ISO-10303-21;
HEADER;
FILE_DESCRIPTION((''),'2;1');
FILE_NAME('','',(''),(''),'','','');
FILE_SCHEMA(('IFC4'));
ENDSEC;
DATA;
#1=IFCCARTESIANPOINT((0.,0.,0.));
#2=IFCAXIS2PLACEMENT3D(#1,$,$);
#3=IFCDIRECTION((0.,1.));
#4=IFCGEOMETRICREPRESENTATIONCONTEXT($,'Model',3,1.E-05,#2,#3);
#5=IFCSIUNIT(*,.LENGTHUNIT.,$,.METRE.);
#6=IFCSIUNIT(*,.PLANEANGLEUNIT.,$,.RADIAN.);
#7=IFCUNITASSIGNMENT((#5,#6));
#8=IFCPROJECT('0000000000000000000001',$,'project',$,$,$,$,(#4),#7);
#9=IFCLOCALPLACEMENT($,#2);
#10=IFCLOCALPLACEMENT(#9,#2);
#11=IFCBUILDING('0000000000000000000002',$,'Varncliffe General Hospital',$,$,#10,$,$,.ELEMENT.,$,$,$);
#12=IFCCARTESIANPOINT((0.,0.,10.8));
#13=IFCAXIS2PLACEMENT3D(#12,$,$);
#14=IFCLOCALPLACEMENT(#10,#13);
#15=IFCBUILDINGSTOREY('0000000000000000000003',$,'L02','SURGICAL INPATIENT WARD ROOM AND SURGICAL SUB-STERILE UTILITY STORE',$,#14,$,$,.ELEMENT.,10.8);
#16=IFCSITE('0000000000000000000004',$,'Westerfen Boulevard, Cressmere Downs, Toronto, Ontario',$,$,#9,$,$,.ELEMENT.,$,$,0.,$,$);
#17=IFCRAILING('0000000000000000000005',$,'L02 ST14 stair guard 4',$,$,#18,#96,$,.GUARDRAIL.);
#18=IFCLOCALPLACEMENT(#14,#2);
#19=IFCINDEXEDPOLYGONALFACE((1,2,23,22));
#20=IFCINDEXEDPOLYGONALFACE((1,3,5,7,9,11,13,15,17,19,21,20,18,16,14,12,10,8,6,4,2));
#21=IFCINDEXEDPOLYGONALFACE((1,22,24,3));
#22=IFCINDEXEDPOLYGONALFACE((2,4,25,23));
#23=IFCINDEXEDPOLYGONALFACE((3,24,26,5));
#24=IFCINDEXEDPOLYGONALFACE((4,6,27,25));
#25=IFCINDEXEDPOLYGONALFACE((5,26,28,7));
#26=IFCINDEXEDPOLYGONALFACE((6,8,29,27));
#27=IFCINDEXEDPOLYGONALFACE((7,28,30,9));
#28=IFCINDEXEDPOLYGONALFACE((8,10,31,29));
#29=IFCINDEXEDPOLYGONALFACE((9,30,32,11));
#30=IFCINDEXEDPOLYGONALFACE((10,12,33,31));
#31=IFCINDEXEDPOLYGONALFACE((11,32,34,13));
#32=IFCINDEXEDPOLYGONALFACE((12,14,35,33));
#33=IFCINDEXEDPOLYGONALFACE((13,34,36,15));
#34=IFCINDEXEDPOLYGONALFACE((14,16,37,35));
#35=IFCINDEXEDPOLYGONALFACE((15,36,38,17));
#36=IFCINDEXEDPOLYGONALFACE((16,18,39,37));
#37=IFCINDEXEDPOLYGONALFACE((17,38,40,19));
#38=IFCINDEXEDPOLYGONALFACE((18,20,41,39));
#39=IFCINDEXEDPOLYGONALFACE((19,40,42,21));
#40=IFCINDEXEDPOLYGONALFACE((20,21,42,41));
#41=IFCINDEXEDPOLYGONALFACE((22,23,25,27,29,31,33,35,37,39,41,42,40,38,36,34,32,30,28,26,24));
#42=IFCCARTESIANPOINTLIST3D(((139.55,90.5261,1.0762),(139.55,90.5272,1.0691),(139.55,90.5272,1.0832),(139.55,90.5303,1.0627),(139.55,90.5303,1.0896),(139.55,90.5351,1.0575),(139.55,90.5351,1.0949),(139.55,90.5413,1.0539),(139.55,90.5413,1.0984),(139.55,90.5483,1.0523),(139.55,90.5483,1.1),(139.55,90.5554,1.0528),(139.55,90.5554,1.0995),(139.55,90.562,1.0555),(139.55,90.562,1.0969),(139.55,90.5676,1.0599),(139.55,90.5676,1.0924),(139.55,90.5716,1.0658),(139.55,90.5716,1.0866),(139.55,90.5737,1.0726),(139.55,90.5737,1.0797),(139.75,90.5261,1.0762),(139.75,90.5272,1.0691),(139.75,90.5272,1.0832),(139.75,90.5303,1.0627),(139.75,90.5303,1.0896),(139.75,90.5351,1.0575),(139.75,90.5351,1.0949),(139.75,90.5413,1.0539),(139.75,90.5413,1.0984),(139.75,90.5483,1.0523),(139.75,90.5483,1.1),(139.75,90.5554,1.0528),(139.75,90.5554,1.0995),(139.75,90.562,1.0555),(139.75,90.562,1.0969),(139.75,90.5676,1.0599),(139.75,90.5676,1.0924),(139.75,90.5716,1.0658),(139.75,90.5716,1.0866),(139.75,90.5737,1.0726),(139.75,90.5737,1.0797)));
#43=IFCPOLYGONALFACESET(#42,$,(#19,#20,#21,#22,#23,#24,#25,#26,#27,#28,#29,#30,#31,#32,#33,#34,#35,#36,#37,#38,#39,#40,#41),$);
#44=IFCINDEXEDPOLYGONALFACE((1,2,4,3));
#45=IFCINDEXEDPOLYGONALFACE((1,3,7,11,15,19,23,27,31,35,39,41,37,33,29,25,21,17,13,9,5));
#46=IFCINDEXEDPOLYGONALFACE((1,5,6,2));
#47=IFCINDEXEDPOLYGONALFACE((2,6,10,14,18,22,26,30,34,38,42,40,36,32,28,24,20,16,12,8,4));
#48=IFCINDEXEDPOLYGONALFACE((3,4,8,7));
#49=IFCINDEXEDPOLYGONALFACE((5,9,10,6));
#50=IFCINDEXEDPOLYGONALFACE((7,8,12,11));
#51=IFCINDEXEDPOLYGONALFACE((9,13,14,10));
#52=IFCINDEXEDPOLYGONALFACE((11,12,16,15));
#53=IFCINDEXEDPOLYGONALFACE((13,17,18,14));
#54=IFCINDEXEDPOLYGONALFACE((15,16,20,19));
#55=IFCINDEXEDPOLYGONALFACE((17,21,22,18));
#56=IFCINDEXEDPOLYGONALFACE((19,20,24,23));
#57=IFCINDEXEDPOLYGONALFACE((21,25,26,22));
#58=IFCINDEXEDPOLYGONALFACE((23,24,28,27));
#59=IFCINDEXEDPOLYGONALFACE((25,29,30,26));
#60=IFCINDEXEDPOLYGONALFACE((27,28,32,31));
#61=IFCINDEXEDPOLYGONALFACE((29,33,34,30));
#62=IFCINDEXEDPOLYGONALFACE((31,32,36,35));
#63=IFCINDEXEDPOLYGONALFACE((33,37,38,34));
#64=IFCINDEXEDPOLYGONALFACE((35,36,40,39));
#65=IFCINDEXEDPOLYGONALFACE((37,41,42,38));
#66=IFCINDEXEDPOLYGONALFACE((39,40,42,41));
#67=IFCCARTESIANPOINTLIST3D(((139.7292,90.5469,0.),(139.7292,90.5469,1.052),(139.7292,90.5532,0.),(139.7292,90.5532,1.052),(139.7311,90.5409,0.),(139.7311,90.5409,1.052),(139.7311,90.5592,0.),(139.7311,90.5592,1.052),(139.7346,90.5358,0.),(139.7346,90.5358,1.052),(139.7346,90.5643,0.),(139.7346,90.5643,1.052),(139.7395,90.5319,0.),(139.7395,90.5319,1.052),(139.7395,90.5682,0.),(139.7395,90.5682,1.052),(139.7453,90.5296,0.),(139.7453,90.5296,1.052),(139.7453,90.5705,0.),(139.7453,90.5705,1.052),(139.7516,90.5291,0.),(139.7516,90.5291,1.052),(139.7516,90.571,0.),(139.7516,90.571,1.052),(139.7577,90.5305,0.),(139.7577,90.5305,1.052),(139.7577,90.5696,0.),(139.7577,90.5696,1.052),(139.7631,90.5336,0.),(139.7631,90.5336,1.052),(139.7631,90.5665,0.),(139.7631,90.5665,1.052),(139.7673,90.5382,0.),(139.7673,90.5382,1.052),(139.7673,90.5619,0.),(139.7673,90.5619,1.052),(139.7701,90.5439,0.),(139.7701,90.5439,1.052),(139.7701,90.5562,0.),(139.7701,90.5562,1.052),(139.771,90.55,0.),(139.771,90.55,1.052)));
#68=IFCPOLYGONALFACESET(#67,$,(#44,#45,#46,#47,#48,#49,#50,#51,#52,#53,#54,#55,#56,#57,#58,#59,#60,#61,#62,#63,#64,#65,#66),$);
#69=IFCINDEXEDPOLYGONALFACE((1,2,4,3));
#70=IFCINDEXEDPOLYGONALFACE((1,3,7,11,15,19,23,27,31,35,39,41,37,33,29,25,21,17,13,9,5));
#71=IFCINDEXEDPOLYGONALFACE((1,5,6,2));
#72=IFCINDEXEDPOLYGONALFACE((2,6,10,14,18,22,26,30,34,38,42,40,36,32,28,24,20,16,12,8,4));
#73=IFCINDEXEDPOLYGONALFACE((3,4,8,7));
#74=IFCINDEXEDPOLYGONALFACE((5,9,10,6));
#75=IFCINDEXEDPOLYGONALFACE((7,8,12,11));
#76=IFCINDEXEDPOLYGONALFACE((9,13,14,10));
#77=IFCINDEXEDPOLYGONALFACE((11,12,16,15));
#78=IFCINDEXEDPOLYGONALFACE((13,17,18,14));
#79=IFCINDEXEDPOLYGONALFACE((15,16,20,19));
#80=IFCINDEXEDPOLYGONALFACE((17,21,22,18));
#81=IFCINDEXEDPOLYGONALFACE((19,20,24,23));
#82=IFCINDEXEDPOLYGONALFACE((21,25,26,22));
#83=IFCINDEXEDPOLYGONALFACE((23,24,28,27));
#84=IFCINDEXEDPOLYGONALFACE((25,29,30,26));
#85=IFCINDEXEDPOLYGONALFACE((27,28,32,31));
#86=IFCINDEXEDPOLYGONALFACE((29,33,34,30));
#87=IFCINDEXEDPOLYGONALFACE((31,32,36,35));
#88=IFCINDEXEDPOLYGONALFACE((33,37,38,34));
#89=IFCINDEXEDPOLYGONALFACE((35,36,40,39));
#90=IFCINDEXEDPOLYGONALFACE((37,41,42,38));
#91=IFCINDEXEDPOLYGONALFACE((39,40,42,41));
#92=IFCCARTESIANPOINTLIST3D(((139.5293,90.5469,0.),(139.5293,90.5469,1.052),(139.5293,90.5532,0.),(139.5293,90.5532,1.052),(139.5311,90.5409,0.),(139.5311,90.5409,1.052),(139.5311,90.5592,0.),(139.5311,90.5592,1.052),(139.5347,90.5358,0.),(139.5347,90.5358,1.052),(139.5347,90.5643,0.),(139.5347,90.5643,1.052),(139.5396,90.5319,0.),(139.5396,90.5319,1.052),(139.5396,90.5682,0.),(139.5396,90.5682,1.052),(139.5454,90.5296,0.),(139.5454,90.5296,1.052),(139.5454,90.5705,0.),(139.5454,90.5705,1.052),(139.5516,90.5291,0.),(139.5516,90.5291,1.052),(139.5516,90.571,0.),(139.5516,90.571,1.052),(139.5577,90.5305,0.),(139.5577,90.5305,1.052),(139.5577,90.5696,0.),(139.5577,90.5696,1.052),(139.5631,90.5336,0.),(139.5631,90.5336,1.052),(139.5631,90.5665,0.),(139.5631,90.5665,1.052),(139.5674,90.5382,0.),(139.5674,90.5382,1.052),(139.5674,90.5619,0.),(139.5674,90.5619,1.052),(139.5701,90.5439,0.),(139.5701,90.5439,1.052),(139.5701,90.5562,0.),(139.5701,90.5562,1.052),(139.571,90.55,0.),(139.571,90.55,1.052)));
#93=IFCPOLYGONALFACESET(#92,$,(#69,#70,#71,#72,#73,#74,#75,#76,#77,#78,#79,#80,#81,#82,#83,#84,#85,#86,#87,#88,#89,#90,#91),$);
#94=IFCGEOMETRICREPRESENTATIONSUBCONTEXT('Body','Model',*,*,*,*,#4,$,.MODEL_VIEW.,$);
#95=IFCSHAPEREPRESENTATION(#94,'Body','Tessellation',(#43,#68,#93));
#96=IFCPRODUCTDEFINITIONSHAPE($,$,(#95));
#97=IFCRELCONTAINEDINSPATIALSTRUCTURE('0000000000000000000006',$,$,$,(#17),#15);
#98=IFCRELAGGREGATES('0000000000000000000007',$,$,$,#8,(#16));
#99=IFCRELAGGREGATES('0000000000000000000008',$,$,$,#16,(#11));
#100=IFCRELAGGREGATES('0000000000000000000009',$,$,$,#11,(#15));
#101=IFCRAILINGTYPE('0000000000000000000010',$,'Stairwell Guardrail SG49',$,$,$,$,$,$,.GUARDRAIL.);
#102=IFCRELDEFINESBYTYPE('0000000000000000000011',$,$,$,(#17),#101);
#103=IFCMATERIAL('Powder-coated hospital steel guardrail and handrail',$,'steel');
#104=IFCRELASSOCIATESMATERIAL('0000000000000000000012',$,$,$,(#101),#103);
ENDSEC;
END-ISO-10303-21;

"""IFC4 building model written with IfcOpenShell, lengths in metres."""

from ifc_helpers import new_model, si_unit, direction, frame, origin, origin_2d, place, context, subcontext, project, spatial, circle, extrude, material, type_object, element, save


model = new_model("IFC4")

# Units and contexts
model_context = context("Model", 3, precision=1e-05, world=origin(), true_north=direction((0.0, 1.0)))
body_context = subcontext(model_context, "Body", "Model", "MODEL_VIEW")
ifc_project = project(units=[si_unit("LENGTHUNIT", "METRE"), si_unit("PLANEANGLEUNIT", "RADIAN")], contexts=[model_context])

# Site, building, storey
site_placement = place(None, origin())
site = spatial("IfcSite", under=ifc_project, at=site_placement, Name="Westerfen Boulevard, Cressmere Downs, Toronto, Ontario", CompositionType="ELEMENT", RefElevation=0.0)
building_placement = place(site_placement, origin())
building = spatial("IfcBuilding", under=site, at=building_placement, Name="Varncliffe General Hospital", CompositionType="ELEMENT")
storey_placement = place(building_placement, frame((0.0, 0.0, 10.8)))
storey = spatial("IfcBuildingStorey", under=building, at=storey_placement, Name="L02", Description="SURGICAL INPATIENT WARD ROOM AND SURGICAL SUB-STERILE UTILITY STORE", CompositionType="ELEMENT", Elevation=10.8)

# Railing
ifc_material_1 = material(Name="Powder-coated hospital steel guardrail and handrail", Category="steel")
railing_type_1 = type_object("IfcRailingType", Name="Stairwell Guardrail SG49", PredefinedType="GUARDRAIL", material=ifc_material_1)
railing_1_placement = place(storey_placement, frame((139.75, 90.55, 0.0)))
element("IfcRailing", 1, at=railing_1_placement, inside=storey, type_object=railing_type_1, Name="L02 ST14 stair guard 4", PredefinedType="GUARDRAIL", context=body_context, shape_type="SweptSolid", body=[
    extrude(circle(Radius=0.0239, at=origin_2d()), frame((0.0, 0.0, 1.0762), z_axis=(-1.0, 0.0, 0.0), x_axis=(0.0, -1.0, 0.0)), (0.0, 0.0, 1.0), 0.2),
    extrude(circle(Radius=0.021, at=origin_2d()), origin(), (0.0, 0.0, 1.0), 1.052),
    extrude(circle(Radius=0.021, at=origin_2d()), frame((-0.2, 0.0, 0.0)), (0.0, 0.0, 1.0), 1.052),
])

save(model, "model.ifc")
